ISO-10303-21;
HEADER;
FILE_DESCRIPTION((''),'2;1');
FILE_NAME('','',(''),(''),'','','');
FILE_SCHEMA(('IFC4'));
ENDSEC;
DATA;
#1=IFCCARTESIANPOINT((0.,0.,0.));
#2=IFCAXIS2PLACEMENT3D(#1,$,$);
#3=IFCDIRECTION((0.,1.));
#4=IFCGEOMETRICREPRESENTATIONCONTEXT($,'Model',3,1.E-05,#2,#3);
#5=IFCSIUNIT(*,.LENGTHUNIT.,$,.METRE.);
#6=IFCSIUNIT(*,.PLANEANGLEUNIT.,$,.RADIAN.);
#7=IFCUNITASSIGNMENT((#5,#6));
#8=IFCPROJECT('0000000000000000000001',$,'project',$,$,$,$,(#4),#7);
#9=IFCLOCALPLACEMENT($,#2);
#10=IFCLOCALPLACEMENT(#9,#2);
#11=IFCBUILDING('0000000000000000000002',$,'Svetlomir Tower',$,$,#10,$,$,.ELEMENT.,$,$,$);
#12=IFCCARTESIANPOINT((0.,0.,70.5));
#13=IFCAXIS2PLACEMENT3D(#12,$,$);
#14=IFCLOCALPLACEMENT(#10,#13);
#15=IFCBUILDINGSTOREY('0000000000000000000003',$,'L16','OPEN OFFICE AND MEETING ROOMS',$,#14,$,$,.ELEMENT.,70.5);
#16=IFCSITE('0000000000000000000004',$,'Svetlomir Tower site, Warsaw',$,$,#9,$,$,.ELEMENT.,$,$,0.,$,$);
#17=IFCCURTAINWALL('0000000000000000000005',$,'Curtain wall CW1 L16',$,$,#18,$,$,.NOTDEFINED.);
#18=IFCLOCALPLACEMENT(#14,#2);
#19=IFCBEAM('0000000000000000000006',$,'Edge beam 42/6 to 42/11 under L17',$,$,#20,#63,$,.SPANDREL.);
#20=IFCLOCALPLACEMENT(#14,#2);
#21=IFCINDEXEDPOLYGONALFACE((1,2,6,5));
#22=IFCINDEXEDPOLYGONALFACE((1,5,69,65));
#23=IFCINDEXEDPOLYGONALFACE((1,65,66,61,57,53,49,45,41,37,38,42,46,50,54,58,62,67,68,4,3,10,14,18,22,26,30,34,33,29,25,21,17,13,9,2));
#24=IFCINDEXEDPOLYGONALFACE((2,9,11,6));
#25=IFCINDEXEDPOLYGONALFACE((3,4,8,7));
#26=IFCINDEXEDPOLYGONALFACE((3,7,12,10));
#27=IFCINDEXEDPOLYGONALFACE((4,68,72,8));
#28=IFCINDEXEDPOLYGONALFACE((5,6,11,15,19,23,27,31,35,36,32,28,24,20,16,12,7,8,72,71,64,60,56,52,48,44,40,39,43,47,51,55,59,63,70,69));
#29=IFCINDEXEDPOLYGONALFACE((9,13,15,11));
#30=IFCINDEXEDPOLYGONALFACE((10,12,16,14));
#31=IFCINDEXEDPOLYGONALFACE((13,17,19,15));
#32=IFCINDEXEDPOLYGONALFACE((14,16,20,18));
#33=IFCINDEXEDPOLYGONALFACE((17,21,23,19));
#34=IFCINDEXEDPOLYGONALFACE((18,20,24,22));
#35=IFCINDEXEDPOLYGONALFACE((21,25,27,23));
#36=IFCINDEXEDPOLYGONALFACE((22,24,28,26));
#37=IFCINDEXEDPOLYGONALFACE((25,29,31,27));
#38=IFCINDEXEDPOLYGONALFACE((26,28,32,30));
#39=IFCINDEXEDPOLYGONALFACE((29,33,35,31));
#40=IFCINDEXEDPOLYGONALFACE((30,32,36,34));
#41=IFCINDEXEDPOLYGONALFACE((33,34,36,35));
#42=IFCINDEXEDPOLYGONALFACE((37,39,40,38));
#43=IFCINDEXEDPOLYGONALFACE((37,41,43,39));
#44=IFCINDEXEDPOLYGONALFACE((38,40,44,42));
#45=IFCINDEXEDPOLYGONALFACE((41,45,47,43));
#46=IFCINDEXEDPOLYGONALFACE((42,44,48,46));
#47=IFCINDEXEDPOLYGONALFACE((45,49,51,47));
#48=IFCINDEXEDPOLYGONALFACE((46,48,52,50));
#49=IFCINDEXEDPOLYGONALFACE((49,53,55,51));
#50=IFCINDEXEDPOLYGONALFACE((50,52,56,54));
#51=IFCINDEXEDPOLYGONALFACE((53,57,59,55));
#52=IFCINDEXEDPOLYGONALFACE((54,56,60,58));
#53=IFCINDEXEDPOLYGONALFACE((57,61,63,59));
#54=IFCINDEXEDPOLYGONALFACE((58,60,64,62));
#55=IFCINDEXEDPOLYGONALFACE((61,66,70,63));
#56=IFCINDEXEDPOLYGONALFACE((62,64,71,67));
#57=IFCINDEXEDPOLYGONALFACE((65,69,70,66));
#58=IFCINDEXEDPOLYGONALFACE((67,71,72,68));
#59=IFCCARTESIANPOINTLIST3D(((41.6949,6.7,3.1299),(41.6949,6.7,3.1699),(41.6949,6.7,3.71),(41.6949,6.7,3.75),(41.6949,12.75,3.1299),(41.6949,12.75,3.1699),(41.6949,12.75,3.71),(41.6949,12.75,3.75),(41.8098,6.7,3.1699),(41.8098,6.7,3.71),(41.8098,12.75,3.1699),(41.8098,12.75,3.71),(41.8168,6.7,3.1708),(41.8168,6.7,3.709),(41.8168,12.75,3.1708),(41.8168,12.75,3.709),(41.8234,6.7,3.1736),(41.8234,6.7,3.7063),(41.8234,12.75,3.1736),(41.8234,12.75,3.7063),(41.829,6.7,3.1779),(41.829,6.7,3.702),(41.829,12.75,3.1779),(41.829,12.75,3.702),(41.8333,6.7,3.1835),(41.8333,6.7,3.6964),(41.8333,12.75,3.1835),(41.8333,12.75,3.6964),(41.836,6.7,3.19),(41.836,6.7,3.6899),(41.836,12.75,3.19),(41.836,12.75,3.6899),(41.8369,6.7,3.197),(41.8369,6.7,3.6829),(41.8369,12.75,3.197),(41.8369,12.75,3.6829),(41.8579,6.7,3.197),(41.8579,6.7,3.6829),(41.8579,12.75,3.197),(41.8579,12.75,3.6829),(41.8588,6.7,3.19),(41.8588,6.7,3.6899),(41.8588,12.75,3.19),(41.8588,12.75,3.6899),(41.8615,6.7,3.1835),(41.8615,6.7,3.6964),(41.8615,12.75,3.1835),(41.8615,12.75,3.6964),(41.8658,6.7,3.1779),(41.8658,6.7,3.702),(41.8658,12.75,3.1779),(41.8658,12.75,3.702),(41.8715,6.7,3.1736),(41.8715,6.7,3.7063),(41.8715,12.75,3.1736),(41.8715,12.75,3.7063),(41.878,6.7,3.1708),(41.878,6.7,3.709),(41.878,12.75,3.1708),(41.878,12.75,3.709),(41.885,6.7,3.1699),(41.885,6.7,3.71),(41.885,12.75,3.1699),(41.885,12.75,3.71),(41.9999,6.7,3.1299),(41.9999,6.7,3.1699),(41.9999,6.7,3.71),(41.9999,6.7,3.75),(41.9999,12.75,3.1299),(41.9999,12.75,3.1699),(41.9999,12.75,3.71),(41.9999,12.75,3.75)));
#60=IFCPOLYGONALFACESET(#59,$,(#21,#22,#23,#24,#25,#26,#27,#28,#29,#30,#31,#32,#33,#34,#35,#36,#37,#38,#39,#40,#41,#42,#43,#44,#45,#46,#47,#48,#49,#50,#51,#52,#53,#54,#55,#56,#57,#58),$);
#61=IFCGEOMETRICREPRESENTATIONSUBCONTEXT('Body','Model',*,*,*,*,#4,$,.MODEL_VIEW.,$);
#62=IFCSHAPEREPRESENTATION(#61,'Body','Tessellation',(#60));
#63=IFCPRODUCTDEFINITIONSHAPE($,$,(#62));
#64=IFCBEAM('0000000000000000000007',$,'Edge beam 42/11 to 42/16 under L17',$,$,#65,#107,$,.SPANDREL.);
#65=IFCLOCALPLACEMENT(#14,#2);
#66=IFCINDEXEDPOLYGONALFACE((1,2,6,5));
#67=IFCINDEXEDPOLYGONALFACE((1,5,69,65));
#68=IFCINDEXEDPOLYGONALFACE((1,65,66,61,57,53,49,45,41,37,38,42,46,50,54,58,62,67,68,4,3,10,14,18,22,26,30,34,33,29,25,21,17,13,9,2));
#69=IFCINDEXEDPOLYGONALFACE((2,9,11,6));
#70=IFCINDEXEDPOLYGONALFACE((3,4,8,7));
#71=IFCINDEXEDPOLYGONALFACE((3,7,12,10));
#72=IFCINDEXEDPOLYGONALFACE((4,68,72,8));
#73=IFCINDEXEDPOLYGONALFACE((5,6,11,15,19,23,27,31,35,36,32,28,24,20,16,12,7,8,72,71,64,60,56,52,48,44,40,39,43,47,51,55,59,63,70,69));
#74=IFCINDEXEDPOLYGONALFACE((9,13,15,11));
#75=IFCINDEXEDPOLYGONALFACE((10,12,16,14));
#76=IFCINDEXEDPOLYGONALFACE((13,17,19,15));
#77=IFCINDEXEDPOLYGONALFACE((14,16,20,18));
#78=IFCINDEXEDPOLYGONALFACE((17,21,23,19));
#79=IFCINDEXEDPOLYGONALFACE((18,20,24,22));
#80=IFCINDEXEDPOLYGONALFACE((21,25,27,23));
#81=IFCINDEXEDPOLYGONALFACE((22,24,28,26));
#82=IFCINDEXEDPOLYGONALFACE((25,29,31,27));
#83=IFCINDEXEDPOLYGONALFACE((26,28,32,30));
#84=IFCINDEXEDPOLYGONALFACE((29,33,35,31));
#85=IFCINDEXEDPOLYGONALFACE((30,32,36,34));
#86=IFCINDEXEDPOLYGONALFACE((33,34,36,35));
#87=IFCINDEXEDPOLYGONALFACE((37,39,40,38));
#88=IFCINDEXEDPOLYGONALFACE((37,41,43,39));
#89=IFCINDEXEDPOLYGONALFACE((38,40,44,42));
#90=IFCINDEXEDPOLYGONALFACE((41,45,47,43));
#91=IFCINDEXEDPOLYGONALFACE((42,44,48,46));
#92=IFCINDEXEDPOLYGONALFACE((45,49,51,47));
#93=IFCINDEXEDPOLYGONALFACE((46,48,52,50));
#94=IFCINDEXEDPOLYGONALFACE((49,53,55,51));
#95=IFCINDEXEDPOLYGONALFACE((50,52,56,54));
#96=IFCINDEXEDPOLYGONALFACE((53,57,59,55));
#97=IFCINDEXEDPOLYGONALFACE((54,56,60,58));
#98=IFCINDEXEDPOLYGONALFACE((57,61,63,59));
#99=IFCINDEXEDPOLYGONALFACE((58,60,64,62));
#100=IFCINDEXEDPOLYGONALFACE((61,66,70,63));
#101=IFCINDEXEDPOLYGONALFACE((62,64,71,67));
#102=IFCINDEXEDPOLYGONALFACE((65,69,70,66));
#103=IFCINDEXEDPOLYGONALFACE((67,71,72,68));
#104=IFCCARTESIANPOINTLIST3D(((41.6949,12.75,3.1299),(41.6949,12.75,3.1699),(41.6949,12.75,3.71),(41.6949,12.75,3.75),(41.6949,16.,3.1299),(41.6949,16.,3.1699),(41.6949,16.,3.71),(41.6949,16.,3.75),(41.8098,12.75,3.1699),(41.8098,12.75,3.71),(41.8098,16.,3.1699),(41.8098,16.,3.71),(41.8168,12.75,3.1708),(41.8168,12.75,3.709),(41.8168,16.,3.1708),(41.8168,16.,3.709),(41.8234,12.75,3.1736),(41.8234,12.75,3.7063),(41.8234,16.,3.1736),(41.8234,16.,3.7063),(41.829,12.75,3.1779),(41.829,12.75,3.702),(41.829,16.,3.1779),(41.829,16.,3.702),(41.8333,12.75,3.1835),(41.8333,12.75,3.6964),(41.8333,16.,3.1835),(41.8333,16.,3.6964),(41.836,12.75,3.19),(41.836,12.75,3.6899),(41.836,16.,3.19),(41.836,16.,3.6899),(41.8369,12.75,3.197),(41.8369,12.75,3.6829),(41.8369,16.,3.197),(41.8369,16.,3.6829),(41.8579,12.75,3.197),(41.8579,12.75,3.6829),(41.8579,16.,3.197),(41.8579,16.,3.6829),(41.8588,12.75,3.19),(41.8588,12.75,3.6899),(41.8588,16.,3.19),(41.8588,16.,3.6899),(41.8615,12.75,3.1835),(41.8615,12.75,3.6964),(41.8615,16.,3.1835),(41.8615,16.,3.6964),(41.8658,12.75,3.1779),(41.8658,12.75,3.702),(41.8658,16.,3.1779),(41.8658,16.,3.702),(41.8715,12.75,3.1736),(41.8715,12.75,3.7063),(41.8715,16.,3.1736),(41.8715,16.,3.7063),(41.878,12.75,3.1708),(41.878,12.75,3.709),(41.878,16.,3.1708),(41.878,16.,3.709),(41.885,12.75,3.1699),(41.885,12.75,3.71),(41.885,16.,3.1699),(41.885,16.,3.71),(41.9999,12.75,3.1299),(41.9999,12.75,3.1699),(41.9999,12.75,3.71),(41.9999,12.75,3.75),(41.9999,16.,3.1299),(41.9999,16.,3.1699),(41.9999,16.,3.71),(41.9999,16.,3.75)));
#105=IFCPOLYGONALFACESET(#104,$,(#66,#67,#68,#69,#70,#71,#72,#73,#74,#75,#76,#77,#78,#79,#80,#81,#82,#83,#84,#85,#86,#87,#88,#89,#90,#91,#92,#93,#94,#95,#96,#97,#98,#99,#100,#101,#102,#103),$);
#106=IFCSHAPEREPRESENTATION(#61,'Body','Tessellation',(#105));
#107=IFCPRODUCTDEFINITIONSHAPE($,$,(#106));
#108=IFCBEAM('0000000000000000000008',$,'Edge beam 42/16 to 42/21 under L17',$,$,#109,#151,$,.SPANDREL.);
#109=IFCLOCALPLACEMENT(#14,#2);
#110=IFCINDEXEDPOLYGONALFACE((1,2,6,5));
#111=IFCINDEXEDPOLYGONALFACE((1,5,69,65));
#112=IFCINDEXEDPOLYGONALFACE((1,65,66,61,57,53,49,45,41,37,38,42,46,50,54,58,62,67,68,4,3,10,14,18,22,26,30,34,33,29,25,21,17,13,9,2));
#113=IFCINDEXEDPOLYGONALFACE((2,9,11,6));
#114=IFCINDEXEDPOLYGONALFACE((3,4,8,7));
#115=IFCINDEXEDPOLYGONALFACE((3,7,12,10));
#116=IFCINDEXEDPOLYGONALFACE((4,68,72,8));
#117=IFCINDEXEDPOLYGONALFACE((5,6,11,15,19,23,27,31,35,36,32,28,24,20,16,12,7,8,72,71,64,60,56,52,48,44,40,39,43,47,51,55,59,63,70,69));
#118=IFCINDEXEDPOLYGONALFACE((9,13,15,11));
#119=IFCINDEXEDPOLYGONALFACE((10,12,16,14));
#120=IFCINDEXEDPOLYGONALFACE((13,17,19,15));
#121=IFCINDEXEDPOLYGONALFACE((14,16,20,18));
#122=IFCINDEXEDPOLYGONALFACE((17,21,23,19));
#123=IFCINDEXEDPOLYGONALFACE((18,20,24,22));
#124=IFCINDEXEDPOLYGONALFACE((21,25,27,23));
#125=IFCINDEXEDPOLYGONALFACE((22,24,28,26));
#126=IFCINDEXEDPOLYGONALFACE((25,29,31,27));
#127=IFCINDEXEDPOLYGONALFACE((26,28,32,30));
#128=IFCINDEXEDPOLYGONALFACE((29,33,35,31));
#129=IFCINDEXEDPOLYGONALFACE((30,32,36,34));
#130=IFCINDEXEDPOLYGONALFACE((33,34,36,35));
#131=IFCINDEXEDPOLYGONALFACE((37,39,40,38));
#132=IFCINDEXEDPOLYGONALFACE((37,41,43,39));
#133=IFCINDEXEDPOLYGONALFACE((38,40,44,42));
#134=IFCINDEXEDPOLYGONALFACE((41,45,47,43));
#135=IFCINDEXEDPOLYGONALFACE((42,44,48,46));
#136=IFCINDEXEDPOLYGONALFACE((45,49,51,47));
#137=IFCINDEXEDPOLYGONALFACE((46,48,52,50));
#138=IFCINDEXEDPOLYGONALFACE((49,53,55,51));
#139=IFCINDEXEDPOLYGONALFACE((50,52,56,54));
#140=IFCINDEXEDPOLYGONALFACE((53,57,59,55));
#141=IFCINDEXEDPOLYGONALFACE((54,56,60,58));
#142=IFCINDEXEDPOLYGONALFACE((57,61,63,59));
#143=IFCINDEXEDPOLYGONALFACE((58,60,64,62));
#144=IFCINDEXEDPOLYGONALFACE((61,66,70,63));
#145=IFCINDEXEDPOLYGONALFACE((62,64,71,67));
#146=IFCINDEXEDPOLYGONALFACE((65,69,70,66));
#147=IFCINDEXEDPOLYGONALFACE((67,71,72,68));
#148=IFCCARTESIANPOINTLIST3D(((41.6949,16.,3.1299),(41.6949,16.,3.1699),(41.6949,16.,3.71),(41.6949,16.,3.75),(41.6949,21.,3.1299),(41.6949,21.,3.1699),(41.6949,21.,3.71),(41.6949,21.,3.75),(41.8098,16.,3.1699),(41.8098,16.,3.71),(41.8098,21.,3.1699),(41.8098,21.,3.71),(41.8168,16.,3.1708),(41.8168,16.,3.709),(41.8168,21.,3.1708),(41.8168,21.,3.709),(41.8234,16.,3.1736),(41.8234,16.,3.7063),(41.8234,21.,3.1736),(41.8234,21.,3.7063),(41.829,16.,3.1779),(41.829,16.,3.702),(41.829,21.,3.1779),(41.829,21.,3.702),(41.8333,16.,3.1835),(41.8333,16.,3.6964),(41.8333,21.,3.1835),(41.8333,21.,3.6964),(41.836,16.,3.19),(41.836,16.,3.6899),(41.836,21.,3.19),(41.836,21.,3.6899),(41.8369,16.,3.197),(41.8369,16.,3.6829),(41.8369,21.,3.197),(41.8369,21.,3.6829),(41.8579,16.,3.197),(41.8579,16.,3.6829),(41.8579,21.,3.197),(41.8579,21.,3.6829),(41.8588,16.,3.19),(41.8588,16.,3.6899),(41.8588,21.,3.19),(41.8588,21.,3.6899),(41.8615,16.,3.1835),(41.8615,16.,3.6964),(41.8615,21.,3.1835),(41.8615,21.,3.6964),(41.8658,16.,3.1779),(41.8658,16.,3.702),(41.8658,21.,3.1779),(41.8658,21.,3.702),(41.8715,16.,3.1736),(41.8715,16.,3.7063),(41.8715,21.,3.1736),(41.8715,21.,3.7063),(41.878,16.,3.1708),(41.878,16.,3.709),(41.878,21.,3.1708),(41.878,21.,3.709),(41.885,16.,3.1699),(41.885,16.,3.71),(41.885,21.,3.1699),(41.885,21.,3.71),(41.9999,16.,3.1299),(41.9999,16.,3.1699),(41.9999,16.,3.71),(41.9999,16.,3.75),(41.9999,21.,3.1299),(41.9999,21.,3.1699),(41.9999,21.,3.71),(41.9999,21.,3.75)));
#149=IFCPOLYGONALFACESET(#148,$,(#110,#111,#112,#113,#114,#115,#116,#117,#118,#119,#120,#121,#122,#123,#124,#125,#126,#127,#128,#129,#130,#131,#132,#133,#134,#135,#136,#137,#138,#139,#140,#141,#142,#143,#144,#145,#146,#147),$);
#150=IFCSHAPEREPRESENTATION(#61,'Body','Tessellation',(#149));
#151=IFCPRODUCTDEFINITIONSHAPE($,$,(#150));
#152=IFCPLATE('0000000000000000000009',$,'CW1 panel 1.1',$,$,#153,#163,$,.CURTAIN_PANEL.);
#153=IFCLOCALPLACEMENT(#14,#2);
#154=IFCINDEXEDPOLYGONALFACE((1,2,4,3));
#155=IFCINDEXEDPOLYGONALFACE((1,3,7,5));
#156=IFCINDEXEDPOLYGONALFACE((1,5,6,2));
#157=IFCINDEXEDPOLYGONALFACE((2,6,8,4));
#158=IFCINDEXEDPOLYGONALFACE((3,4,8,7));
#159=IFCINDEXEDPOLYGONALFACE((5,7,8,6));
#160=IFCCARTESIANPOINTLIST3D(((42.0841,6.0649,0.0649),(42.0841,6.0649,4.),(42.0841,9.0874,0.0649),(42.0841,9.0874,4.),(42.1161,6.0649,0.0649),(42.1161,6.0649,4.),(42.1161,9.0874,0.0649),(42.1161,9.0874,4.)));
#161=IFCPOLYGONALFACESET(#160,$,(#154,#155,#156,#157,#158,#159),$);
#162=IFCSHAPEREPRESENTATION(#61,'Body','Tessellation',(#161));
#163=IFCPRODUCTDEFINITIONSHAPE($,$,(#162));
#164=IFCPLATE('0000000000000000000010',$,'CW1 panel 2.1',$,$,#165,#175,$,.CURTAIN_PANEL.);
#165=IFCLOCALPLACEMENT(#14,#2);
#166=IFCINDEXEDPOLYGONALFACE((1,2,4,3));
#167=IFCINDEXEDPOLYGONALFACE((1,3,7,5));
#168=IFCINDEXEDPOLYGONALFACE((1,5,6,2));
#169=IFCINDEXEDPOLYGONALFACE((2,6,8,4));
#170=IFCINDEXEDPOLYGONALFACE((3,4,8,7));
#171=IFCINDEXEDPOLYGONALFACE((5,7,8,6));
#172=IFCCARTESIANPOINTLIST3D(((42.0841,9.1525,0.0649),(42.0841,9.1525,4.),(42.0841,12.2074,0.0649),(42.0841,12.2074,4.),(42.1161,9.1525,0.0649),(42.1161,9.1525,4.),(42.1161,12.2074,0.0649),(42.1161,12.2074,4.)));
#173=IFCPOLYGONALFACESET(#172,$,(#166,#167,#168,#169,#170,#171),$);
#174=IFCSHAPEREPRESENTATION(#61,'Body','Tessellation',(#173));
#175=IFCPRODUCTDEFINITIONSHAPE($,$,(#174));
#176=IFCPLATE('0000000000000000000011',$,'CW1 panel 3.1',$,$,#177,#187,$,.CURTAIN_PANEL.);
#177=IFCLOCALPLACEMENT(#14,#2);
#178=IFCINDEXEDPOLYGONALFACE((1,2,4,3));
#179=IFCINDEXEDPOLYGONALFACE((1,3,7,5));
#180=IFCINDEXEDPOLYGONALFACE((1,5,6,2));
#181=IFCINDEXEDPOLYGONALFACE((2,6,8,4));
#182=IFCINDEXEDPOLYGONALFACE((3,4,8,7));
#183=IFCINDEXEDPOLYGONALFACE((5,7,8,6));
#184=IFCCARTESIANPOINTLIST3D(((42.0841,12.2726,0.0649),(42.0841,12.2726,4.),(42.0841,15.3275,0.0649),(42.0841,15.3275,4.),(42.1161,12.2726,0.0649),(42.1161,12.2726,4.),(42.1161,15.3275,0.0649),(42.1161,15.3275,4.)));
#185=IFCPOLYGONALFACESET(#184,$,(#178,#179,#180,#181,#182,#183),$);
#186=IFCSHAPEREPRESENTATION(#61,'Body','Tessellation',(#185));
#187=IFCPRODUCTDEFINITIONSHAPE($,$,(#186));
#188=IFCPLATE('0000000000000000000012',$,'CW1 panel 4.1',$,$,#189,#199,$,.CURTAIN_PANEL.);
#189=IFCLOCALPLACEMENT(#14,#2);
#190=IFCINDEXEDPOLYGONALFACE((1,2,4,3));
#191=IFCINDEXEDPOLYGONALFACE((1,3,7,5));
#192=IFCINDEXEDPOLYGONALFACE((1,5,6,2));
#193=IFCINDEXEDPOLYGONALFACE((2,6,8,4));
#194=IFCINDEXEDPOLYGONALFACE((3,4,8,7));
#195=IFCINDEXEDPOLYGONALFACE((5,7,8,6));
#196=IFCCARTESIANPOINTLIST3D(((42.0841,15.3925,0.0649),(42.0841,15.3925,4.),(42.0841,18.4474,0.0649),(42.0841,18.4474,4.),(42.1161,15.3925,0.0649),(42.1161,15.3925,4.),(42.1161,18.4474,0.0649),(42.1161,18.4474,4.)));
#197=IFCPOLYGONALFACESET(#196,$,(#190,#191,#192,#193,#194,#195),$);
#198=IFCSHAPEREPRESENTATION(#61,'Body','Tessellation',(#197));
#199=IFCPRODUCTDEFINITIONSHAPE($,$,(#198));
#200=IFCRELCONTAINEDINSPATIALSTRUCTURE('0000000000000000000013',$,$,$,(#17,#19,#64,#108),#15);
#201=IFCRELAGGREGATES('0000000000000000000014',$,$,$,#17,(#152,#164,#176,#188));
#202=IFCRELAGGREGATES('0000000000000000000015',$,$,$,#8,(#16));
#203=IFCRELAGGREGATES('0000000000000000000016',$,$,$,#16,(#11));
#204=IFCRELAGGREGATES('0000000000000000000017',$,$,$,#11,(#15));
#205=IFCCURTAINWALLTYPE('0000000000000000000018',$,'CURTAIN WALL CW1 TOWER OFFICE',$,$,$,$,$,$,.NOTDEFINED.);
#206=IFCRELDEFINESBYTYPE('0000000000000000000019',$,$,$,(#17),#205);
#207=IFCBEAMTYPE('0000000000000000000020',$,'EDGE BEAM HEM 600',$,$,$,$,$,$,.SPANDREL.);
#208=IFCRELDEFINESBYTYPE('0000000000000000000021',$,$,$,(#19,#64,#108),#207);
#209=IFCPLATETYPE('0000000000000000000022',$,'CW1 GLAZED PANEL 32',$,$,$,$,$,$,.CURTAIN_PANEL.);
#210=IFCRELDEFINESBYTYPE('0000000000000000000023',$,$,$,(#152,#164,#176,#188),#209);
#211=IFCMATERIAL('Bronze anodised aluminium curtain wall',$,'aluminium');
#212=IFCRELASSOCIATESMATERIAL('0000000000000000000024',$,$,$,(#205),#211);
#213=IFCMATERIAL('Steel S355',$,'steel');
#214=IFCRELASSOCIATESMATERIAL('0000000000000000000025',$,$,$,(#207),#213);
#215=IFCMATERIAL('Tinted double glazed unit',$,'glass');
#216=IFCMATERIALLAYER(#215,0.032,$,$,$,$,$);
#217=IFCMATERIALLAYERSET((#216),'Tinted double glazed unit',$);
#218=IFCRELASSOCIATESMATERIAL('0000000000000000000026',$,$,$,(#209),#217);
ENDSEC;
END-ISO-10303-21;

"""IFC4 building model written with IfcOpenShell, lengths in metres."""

from ifc_helpers import new_model, si_unit, direction, frame, origin, origin_2d, place, context, subcontext, project, spatial, rectangle, i_section, extrude, material, layer, layer_set, material_profile, profile_set, type_object, element, aggregate, save


model = new_model("IFC4")

# Units and contexts
model_context = context("Model", 3, precision=1e-05, world=origin(), true_north=direction((0.0, 1.0)))
body_context = subcontext(model_context, "Body", "Model", "MODEL_VIEW")
ifc_project = project(units=[si_unit("LENGTHUNIT", "METRE"), si_unit("PLANEANGLEUNIT", "RADIAN")], contexts=[model_context])

# Site, building, storey
site_placement = place(None, origin())
site = spatial("IfcSite", under=ifc_project, at=site_placement, Name="Svetlomir Tower site, Warsaw", CompositionType="ELEMENT", RefElevation=0.0)
building_placement = place(site_placement, origin())
building = spatial("IfcBuilding", under=site, at=building_placement, Name="Svetlomir Tower", CompositionType="ELEMENT")
storey_placement = place(building_placement, frame((0.0, 0.0, 70.5)))
storey = spatial("IfcBuildingStorey", under=building, at=storey_placement, Name="L16", Description="OPEN OFFICE AND MEETING ROOMS", CompositionType="ELEMENT", Elevation=70.5)

# Curtain wall
ifc_material_1 = material(Name="Bronze anodised aluminium curtain wall", Category="aluminium")
curtain_wall_type = type_object("IfcCurtainWallType", Name="CURTAIN WALL CW1 TOWER OFFICE", PredefinedType="NOTDEFINED", material=ifc_material_1)
curtain_wall_placement = place(storey_placement, origin())
curtain_wall = element("IfcCurtainWall", 1, at=curtain_wall_placement, inside=storey, type_object=curtain_wall_type, Name="Curtain wall CW1 L16", PredefinedType="NOTDEFINED")

# Beams
ifc_material_2 = material(Name="Steel S355", Category="steel")
ifc_material_profile_1 = material_profile(ifc_material_2, i_section(OverallWidth=0.3049, OverallDepth=0.6201, WebThickness=0.021, FlangeThickness=0.04, FilletRadius=0.0271, at=origin_2d()), Name="HEM 600")
ifc_profile_set_1 = profile_set([ifc_material_profile_1], Name="Steel S355")
beam_type = type_object("IfcBeamType", Name="EDGE BEAM HEM 600", PredefinedType="SPANDREL", material=ifc_profile_set_1)
beam_1_placement = place(storey_placement, frame((41.8474, 6.7, 3.4399), z_axis=(0.0, 1.0, 0.0), x_axis=(-1.0, 0.0, 0.0)))
element("IfcBeam", 2, at=beam_1_placement, inside=storey, type_object=beam_type, Name="Edge beam 42/6 to 42/11 under L17", PredefinedType="SPANDREL", context=body_context, shape_type="SweptSolid", body=[
    extrude(i_section(OverallWidth=0.3049, OverallDepth=0.6201, WebThickness=0.021, FlangeThickness=0.04, FilletRadius=0.0271, at=origin_2d()), origin(), (0.0, 0.0, 1.0), 6.05),
])
beam_2_placement = place(storey_placement, frame((41.8474, 12.75, 3.4399), z_axis=(0.0, 1.0, 0.0), x_axis=(-1.0, 0.0, 0.0)))
element("IfcBeam", 3, at=beam_2_placement, inside=storey, type_object=beam_type, Name="Edge beam 42/11 to 42/16 under L17", PredefinedType="SPANDREL", context=body_context, shape_type="SweptSolid", body=[
    extrude(i_section(OverallWidth=0.3049, OverallDepth=0.6201, WebThickness=0.021, FlangeThickness=0.04, FilletRadius=0.0271, at=origin_2d()), origin(), (0.0, 0.0, 1.0), 3.25),
])
beam_3_placement = place(storey_placement, frame((41.8474, 16.0, 3.4399), z_axis=(0.0, 1.0, 0.0), x_axis=(-1.0, 0.0, 0.0)))
element("IfcBeam", 4, at=beam_3_placement, inside=storey, type_object=beam_type, Name="Edge beam 42/16 to 42/21 under L17", PredefinedType="SPANDREL", context=body_context, shape_type="SweptSolid", body=[
    extrude(i_section(OverallWidth=0.3049, OverallDepth=0.6201, WebThickness=0.021, FlangeThickness=0.04, FilletRadius=0.0271, at=origin_2d()), origin(), (0.0, 0.0, 1.0), 5.0),
])

# Plates
ifc_material_3 = material(Name="Tinted double glazed unit", Category="glass")
ifc_layer_1 = layer(ifc_material_3, 0.032)
ifc_layer_set_1 = layer_set([ifc_layer_1], Name="Tinted double glazed unit")
plate_type = type_object("IfcPlateType", Name="CW1 GLAZED PANEL 32", PredefinedType="CURTAIN_PANEL", material=ifc_layer_set_1)
plate_1_placement = place(storey_placement, frame((42.1001, 7.5762, 0.0649), z_axis=(0.0, 0.0, 1.0), x_axis=(0.0, 1.0, 0.0)))
plate_1 = element("IfcPlate", 5, at=plate_1_placement, type_object=plate_type, Name="CW1 panel 1.1", PredefinedType="CURTAIN_PANEL", context=body_context, shape_type="SweptSolid", body=[
    extrude(rectangle(XDim=3.0225, YDim=0.032, at=origin_2d()), origin(), (0.0, 0.0, 1.0), 3.9351),
])
plate_2_placement = place(storey_placement, frame((42.1001, 10.6799, 0.0649), z_axis=(0.0, 0.0, 1.0), x_axis=(0.0, 1.0, 0.0)))
plate_2 = element("IfcPlate", 6, at=plate_2_placement, type_object=plate_type, Name="CW1 panel 2.1", PredefinedType="CURTAIN_PANEL", context=body_context, shape_type="SweptSolid", body=[
    extrude(rectangle(XDim=3.0549, YDim=0.032, at=origin_2d()), origin(), (0.0, 0.0, 1.0), 3.9351),
])
plate_3_placement = place(storey_placement, frame((42.1001, 13.8, 0.0649), z_axis=(0.0, 0.0, 1.0), x_axis=(0.0, 1.0, 0.0)))
plate_3 = element("IfcPlate", 7, at=plate_3_placement, type_object=plate_type, Name="CW1 panel 3.1", PredefinedType="CURTAIN_PANEL", context=body_context, shape_type="SweptSolid", body=[
    extrude(rectangle(XDim=3.0549, YDim=0.032, at=origin_2d()), origin(), (0.0, 0.0, 1.0), 3.9351),
])
plate_4_placement = place(storey_placement, frame((42.1001, 16.9199, 0.0649), z_axis=(0.0, 0.0, 1.0), x_axis=(0.0, 1.0, 0.0)))
plate_4 = element("IfcPlate", 8, at=plate_4_placement, type_object=plate_type, Name="CW1 panel 4.1", PredefinedType="CURTAIN_PANEL", context=body_context, shape_type="SweptSolid", body=[
    extrude(rectangle(XDim=3.0549, YDim=0.032, at=origin_2d()), origin(), (0.0, 0.0, 1.0), 3.9351),
])
aggregate(curtain_wall, [plate_1, plate_2, plate_3, plate_4])

save(model, "model.ifc")
